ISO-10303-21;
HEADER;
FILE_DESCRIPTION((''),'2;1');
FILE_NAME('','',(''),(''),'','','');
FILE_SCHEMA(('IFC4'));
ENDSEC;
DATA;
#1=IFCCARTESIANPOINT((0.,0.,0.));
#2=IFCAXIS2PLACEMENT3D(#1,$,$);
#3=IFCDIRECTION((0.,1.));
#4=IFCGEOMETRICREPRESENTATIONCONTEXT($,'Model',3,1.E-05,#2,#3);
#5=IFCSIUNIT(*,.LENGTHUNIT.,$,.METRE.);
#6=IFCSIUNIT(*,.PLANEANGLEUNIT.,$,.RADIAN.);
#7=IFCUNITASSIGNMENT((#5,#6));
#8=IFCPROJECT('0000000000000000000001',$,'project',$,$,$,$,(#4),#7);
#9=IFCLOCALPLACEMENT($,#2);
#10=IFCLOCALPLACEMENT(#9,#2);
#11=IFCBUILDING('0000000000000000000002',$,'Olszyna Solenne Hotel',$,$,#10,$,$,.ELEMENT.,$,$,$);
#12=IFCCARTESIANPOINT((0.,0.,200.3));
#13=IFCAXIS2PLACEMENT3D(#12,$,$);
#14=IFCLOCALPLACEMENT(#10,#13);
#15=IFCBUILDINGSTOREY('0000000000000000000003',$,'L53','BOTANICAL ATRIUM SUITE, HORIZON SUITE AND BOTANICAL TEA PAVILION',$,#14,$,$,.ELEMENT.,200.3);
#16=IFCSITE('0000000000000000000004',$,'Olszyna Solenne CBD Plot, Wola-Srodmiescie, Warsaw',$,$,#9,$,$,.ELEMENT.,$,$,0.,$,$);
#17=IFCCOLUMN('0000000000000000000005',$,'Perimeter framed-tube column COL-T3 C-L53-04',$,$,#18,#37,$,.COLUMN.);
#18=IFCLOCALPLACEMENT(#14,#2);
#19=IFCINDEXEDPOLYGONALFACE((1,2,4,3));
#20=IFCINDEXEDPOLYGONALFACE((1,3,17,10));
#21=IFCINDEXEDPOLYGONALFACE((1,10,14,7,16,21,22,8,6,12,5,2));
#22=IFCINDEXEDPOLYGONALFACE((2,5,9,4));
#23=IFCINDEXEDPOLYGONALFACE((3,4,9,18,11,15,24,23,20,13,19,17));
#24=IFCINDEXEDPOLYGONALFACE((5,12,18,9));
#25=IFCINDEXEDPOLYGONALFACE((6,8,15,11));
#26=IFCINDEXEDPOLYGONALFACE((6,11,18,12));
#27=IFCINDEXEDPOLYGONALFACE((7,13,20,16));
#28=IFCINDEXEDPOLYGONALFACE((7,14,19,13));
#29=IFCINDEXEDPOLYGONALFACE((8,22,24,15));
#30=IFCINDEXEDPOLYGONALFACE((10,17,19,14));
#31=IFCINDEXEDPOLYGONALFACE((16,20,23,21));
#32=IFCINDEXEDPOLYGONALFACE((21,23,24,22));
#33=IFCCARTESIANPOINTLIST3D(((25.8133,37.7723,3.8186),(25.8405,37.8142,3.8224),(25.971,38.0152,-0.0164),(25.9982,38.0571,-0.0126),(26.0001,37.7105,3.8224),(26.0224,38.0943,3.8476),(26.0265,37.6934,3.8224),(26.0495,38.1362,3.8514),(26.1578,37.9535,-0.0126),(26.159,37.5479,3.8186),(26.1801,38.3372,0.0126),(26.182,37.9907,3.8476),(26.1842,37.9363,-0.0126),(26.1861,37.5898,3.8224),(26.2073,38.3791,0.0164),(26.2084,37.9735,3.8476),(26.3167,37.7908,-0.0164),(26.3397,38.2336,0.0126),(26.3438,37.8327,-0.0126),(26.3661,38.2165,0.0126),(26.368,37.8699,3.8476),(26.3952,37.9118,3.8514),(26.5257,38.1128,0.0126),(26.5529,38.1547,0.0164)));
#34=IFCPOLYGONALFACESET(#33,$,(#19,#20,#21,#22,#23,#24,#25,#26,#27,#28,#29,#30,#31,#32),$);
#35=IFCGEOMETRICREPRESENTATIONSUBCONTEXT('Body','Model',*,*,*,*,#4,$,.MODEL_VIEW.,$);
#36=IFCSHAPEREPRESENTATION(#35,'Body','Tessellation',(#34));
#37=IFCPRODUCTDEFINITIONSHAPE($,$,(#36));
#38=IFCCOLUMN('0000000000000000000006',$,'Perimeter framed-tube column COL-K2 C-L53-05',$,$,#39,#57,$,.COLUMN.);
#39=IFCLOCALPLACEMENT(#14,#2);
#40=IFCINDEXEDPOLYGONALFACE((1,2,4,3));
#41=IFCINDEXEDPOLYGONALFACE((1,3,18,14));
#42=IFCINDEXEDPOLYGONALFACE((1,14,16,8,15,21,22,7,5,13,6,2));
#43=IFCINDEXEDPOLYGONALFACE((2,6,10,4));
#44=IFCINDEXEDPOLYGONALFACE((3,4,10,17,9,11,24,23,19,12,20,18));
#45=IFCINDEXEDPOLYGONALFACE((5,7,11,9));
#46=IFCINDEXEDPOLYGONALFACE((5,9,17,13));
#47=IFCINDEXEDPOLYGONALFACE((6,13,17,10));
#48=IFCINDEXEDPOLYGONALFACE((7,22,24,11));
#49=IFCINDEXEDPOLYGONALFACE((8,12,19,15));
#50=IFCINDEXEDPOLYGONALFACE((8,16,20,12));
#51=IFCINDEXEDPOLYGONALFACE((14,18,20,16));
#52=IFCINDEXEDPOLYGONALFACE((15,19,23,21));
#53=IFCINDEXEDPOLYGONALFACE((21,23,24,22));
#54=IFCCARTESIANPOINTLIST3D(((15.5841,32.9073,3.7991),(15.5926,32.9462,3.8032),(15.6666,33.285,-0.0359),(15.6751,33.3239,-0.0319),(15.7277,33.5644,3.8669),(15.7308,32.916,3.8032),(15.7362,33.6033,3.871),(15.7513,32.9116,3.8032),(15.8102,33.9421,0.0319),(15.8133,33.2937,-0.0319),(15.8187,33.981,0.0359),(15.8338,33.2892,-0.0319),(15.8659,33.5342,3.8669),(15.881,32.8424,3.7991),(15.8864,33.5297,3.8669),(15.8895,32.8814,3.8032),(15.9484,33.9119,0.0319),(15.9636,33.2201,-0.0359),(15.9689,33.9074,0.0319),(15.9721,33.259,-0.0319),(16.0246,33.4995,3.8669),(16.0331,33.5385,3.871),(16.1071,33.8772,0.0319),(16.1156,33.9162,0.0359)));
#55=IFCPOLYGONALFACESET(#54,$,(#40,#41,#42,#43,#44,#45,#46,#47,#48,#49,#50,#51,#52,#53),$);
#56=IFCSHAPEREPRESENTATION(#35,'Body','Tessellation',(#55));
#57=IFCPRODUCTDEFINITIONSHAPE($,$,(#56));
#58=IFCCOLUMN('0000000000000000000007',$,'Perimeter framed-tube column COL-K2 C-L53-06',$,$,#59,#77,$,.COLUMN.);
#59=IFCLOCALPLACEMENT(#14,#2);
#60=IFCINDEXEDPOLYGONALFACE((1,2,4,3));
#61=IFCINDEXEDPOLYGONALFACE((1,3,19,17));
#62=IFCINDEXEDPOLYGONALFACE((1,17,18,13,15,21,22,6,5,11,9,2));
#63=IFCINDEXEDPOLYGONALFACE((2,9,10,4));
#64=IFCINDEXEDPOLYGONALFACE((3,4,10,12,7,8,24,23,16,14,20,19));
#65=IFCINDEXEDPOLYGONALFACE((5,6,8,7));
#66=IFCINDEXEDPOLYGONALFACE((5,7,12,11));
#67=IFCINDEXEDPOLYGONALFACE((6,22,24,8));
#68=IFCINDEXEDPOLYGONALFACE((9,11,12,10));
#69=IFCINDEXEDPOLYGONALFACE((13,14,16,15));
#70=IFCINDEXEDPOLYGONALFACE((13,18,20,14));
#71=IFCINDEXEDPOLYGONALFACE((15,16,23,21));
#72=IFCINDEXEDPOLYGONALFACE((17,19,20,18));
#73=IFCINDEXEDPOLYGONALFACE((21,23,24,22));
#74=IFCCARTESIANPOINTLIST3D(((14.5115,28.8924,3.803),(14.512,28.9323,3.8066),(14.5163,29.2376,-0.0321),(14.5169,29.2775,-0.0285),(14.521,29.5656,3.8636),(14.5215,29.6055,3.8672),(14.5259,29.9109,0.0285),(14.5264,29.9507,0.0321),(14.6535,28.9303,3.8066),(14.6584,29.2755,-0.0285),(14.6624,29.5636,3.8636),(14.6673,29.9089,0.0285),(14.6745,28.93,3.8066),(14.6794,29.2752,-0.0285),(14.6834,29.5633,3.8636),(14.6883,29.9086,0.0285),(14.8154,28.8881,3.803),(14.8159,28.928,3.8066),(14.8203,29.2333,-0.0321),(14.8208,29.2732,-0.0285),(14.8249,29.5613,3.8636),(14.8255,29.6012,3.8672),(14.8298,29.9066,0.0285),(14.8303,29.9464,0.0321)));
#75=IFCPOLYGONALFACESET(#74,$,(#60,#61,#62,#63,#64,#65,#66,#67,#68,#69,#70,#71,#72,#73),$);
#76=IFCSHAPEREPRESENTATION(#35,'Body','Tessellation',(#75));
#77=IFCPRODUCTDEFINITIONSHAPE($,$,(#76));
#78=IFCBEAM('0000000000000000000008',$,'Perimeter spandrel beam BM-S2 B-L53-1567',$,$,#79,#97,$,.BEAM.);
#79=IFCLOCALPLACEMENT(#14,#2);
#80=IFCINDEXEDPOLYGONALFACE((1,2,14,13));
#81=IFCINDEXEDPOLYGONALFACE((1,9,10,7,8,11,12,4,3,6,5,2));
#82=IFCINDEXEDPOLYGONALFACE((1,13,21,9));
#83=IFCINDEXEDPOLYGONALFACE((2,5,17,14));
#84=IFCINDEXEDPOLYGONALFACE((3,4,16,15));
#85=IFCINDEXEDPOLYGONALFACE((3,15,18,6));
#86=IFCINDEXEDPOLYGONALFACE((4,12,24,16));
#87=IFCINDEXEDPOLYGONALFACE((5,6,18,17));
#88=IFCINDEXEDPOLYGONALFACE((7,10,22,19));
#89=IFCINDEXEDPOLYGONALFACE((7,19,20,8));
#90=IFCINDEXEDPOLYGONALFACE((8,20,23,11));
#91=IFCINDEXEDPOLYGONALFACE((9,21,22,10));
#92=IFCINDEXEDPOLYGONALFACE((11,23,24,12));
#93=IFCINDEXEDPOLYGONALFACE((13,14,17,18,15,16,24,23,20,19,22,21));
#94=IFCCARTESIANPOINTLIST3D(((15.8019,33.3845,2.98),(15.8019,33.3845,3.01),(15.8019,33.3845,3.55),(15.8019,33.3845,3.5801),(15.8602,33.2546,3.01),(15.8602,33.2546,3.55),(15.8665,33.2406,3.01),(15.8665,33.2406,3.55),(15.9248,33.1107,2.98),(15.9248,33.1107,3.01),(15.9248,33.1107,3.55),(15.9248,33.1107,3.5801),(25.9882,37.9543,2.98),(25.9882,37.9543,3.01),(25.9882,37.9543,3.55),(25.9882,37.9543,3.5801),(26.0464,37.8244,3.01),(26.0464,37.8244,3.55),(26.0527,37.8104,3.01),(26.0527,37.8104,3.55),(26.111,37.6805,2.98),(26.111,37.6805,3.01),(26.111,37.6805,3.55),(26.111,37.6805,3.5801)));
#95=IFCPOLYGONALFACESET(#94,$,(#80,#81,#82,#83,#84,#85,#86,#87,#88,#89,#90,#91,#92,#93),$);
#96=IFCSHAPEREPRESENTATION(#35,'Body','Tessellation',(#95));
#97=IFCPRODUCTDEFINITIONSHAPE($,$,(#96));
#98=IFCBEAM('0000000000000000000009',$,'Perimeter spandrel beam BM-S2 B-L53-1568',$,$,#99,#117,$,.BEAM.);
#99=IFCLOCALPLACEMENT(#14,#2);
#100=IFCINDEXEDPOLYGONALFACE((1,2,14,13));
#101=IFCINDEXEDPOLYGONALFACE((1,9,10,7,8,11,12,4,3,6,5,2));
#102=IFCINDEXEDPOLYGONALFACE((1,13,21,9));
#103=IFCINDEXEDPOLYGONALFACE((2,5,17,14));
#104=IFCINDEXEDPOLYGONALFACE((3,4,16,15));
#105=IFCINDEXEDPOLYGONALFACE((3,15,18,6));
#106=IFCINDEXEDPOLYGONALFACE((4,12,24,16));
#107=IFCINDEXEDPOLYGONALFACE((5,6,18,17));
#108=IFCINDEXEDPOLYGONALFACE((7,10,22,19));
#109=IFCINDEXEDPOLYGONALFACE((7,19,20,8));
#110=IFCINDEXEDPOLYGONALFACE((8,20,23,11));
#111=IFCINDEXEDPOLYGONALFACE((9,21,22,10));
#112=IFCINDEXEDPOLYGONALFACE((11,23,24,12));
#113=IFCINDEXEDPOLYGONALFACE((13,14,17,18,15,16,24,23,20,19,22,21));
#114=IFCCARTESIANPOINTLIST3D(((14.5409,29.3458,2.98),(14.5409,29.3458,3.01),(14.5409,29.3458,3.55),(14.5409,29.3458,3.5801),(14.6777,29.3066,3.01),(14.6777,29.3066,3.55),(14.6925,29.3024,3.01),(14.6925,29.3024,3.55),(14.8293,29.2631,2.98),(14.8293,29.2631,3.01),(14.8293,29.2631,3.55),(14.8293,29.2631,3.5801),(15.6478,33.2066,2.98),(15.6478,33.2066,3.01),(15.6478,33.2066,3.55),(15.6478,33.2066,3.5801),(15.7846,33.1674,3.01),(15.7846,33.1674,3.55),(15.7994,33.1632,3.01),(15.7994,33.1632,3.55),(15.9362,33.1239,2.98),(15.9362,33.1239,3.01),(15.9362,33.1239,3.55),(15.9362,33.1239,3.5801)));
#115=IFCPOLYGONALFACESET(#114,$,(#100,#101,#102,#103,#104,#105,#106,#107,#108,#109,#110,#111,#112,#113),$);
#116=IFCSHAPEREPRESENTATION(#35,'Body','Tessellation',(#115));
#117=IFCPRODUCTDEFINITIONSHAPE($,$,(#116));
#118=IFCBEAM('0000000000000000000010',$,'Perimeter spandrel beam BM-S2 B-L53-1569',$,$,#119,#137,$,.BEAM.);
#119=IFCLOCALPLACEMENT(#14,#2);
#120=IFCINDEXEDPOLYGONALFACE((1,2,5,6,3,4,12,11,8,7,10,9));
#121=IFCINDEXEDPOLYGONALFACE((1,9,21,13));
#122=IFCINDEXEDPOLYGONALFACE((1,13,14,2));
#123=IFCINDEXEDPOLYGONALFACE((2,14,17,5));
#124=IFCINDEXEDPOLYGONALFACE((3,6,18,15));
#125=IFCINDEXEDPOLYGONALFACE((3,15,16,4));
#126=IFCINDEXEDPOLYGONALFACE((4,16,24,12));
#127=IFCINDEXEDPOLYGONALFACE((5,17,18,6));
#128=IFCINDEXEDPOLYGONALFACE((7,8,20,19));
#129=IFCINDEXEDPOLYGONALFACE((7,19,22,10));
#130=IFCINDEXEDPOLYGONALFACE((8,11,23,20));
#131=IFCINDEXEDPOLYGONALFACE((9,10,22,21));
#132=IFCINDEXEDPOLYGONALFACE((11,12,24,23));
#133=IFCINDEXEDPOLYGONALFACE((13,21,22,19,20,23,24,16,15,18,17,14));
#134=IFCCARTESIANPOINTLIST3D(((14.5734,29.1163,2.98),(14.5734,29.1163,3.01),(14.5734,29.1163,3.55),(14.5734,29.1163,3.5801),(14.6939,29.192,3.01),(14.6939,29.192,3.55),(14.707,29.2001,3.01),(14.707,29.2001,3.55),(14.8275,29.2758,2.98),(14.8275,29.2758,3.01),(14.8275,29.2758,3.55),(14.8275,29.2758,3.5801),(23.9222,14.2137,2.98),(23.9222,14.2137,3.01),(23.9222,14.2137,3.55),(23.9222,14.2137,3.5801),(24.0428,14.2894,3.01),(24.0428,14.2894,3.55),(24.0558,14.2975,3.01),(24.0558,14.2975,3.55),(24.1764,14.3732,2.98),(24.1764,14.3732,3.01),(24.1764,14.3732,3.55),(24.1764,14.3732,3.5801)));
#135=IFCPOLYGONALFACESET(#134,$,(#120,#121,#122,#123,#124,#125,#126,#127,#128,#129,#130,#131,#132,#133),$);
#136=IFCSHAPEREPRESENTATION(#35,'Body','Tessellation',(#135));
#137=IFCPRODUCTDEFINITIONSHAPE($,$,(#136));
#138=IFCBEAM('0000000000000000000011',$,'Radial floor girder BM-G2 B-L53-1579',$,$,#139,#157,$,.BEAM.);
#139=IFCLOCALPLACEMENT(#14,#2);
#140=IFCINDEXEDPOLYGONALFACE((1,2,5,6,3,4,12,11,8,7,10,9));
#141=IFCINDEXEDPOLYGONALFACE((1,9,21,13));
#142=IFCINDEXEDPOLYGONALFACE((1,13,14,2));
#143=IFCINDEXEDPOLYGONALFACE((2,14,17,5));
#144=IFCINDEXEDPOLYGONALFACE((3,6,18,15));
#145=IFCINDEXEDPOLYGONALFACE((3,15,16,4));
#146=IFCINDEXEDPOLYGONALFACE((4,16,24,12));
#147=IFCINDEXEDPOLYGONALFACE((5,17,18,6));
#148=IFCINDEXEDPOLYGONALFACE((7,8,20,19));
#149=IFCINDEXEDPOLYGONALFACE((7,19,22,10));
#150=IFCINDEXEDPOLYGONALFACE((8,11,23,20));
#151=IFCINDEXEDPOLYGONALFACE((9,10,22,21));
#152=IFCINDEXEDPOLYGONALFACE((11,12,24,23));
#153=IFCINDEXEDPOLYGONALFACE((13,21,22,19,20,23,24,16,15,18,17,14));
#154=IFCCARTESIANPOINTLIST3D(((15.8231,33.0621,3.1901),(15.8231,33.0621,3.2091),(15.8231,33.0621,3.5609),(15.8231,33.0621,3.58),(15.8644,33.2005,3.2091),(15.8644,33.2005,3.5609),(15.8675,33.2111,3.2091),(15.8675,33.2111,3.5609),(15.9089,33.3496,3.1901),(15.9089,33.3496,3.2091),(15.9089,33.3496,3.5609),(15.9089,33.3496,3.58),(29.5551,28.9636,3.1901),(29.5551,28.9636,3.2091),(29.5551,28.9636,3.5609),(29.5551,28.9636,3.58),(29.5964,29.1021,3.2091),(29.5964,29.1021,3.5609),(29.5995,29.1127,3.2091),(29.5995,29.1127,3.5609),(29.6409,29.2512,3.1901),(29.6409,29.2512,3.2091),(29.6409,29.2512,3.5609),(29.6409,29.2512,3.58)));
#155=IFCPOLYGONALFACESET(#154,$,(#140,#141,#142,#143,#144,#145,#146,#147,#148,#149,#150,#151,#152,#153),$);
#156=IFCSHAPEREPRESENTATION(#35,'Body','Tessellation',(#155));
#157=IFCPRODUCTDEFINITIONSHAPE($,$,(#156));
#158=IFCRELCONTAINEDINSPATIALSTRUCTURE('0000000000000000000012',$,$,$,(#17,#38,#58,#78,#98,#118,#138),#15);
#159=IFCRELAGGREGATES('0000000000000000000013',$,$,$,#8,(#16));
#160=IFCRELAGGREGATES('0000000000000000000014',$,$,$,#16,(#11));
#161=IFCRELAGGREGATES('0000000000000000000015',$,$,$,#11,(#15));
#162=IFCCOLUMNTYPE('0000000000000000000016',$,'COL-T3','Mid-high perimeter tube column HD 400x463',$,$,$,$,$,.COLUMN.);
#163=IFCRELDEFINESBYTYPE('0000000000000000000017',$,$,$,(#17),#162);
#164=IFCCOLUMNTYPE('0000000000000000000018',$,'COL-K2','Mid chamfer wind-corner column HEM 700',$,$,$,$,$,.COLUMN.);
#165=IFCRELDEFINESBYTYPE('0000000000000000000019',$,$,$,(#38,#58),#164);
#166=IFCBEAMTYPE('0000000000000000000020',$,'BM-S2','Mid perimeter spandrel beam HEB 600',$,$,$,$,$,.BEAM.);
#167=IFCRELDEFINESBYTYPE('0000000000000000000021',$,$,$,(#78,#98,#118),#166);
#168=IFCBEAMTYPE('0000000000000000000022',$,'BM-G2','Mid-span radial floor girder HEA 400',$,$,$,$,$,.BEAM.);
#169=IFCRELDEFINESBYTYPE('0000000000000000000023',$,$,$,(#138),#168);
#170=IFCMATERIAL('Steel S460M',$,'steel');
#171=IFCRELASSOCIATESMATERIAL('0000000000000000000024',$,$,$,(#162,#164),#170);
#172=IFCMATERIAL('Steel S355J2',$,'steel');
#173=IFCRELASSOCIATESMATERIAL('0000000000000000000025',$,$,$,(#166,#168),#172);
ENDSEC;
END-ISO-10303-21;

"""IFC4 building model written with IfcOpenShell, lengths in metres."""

from ifc_helpers import new_model, si_unit, direction, frame, origin, origin_2d, place, context, subcontext, project, spatial, i_section, extrude, source, transform, mapped, material, material_profile, profile_set, type_object, element, save


model = new_model("IFC4")

# Units and contexts
model_context = context("Model", 3, precision=1e-05, world=origin(), true_north=direction((0.0, 1.0)))
body_context = subcontext(model_context, "Body", "Model", "MODEL_VIEW")
ifc_project = project(units=[si_unit("LENGTHUNIT", "METRE"), si_unit("PLANEANGLEUNIT", "RADIAN")], contexts=[model_context])

# Site, building, storey
site_placement = place(None, origin())
site = spatial("IfcSite", under=ifc_project, at=site_placement, Name="Olszyna Solenne CBD Plot, Wola-Srodmiescie, Warsaw", CompositionType="ELEMENT", RefElevation=0.0)
building_placement = place(site_placement, origin())
building = spatial("IfcBuilding", under=site, at=building_placement, Name="Olszyna Solenne Hotel", CompositionType="ELEMENT")
storey_placement = place(building_placement, frame((0.0, 0.0, 200.3)))
storey = spatial("IfcBuildingStorey", under=building, at=storey_placement, Name="L53", Description="BOTANICAL ATRIUM SUITE, HORIZON SUITE AND BOTANICAL TEA PAVILION", CompositionType="ELEMENT", Elevation=200.3)

# Columns
ifc_material_1 = material(Name="Steel S460M", Category="steel")
ifc_material_profile_1 = material_profile(ifc_material_1, i_section(OverallWidth=0.4121, OverallDepth=0.4351, WebThickness=0.0315, FlangeThickness=0.05, at=origin_2d()), Name="HD 400x463", Category="load-bearing")
ifc_profile_set_1 = profile_set([ifc_material_profile_1], Name="Steel S460M")
column_type_1 = type_object("IfcColumnType", Name="COL-T3", Description="Mid-high perimeter tube column HD 400x463", PredefinedType="COLUMN", material=ifc_profile_set_1)
shared_shape_1 = source(origin(), body_context, "Body", "SweptSolid", [
    extrude(i_section(OverallWidth=0.4121, OverallDepth=0.4351, WebThickness=0.0315, FlangeThickness=0.05, at=origin_2d()), origin(), (0.0, 0.0, 1.0), 3.8459),
])
column_1_placement = place(storey_placement, frame((26.262, 38.085, 0.0), z_axis=(-0.041009, -0.063164, 0.99716), x_axis=(0.838732, -0.544544, 0.0)))
element("IfcColumn", 1, at=column_1_placement, inside=storey, type_object=column_type_1, Name="Perimeter framed-tube column COL-T3 C-L53-04", PredefinedType="COLUMN", context=body_context, shape_type="MappedRepresentation", body=[
    mapped(shared_shape_1, transform((0.0, 0.0, 0.0), x_axis=(1.0, 0.0, 0.0), y_axis=(0.0, 1.0, 0.0), z_axis=(0.0, 0.0, 1.0), scale=1.0)),
])
ifc_material_profile_2 = material_profile(ifc_material_1, i_section(OverallWidth=0.304, OverallDepth=0.7161, WebThickness=0.021, FlangeThickness=0.04, at=origin_2d()), Name="HEM 700", Category="load-bearing")
ifc_profile_set_2 = profile_set([ifc_material_profile_2], Name="Steel S460M")
column_type_2 = type_object("IfcColumnType", Name="COL-K2", Description="Mid chamfer wind-corner column HEM 700", PredefinedType="COLUMN", material=ifc_profile_set_2)
shared_shape_2 = source(origin(), body_context, "Body", "SweptSolid", [
    extrude(i_section(OverallWidth=0.304, OverallDepth=0.7161, WebThickness=0.021, FlangeThickness=0.04, at=origin_2d()), origin(), (0.0, 0.0, 1.0), 3.8545),
])
column_2_placement = place(storey_placement, frame((15.8911, 33.6006, 0.0), z_axis=(-0.021409, -0.097988, 0.994957), x_axis=(0.976954, -0.213452, 0.0)))
element("IfcColumn", 2, at=column_2_placement, inside=storey, type_object=column_type_2, Name="Perimeter framed-tube column COL-K2 C-L53-05", PredefinedType="COLUMN", context=body_context, shape_type="MappedRepresentation", body=[
    mapped(shared_shape_2, transform((0.0, 0.0, 0.0), x_axis=(1.0, 0.0, 0.0), y_axis=(0.0, 1.0, 0.0), z_axis=(0.0, 0.0, 1.0), scale=1.0)),
])
shared_shape_3 = source(origin(), body_context, "Body", "SweptSolid", [
    extrude(i_section(OverallWidth=0.304, OverallDepth=0.7161, WebThickness=0.021, FlangeThickness=0.04, at=origin_2d()), origin(), (0.0, 0.0, 1.0), 3.8506),
])
column_3_placement = place(storey_placement, frame((14.6733, 29.592, 0.0), z_axis=(-0.001268, -0.089655, 0.995972), x_axis=(0.9999, -0.014143, 0.0)))
element("IfcColumn", 3, at=column_3_placement, inside=storey, type_object=column_type_2, Name="Perimeter framed-tube column COL-K2 C-L53-06", PredefinedType="COLUMN", context=body_context, shape_type="MappedRepresentation", body=[
    mapped(shared_shape_3, transform((0.0, 0.0, 0.0), x_axis=(1.0, 0.0, 0.0), y_axis=(0.0, 1.0, 0.0), z_axis=(0.0, 0.0, 1.0), scale=1.0)),
])

# Beams
ifc_material_2 = material(Name="Steel S355J2", Category="steel")
ifc_material_profile_3 = material_profile(ifc_material_2, i_section(OverallWidth=0.3, OverallDepth=0.6001, WebThickness=0.0154, FlangeThickness=0.03, at=origin_2d()), Name="HEB 600", Category="load-bearing")
ifc_profile_set_3 = profile_set([ifc_material_profile_3], Name="Steel S355J2")
beam_type_1 = type_object("IfcBeamType", Name="BM-S2", Description="Mid perimeter spandrel beam HEB 600", PredefinedType="BEAM", material=ifc_profile_set_3)
shared_shape_4 = source(origin(), body_context, "Body", "SweptSolid", [
    extrude(i_section(OverallWidth=0.3, OverallDepth=0.6001, WebThickness=0.0154, FlangeThickness=0.03, at=origin_2d()), origin(), (0.0, 0.0, 1.0), 11.1643),
])
beam_1_placement = place(storey_placement, frame((26.0496, 37.8174, 3.28), z_axis=(-0.91239, -0.409321, 0.0), x_axis=(0.409321, -0.91239, 0.0)))
element("IfcBeam", 4, at=beam_1_placement, inside=storey, type_object=beam_type_1, Name="Perimeter spandrel beam BM-S2 B-L53-1567", PredefinedType="BEAM", context=body_context, shape_type="MappedRepresentation", body=[
    mapped(shared_shape_4, transform((0.0, 0.0, 0.0), x_axis=(1.0, 0.0, 0.0), y_axis=(0.0, 1.0, 0.0), z_axis=(0.0, 0.0, 1.0), scale=1.0)),
])
shared_shape_5 = source(origin(), body_context, "Body", "SweptSolid", [
    extrude(i_section(OverallWidth=0.3, OverallDepth=0.6001, WebThickness=0.0154, FlangeThickness=0.03, at=origin_2d()), origin(), (0.0, 0.0, 1.0), 4.0164),
])
beam_2_placement = place(storey_placement, frame((15.792, 33.1653, 3.28), z_axis=(-0.275604, -0.961271, 0.0), x_axis=(0.961271, -0.275604, 0.0)))
element("IfcBeam", 5, at=beam_2_placement, inside=storey, type_object=beam_type_1, Name="Perimeter spandrel beam BM-S2 B-L53-1568", PredefinedType="BEAM", context=body_context, shape_type="MappedRepresentation", body=[
    mapped(shared_shape_5, transform((0.0, 0.0, 0.0), x_axis=(1.0, 0.0, 0.0), y_axis=(0.0, 1.0, 0.0), z_axis=(0.0, 0.0, 1.0), scale=1.0)),
])
shared_shape_6 = source(origin(), body_context, "Body", "SweptSolid", [
    extrude(i_section(OverallWidth=0.3, OverallDepth=0.6001, WebThickness=0.0154, FlangeThickness=0.03, at=origin_2d()), origin(), (0.0, 0.0, 1.0), 17.5923),
])
beam_3_placement = place(storey_placement, frame((14.7004, 29.196, 3.28), z_axis=(0.531419, -0.847109, 0.0), x_axis=(0.847109, 0.531419, 0.0)))
element("IfcBeam", 6, at=beam_3_placement, inside=storey, type_object=beam_type_1, Name="Perimeter spandrel beam BM-S2 B-L53-1569", PredefinedType="BEAM", context=body_context, shape_type="MappedRepresentation", body=[
    mapped(shared_shape_6, transform((0.0, 0.0, 0.0), x_axis=(1.0, 0.0, 0.0), y_axis=(0.0, 1.0, 0.0), z_axis=(0.0, 0.0, 1.0), scale=1.0)),
])
ifc_material_profile_4 = material_profile(ifc_material_2, i_section(OverallWidth=0.3, OverallDepth=0.3899, WebThickness=0.011, FlangeThickness=0.019, at=origin_2d()), Name="HEA 400", Category="load-bearing")
ifc_profile_set_4 = profile_set([ifc_material_profile_4], Name="Steel S355J2")
beam_type_2 = type_object("IfcBeamType", Name="BM-G2", Description="Mid-span radial floor girder HEA 400", PredefinedType="BEAM", material=ifc_profile_set_4)
shared_shape_7 = source(origin(), body_context, "Body", "SweptSolid", [
    extrude(i_section(OverallWidth=0.3, OverallDepth=0.3899, WebThickness=0.011, FlangeThickness=0.019, at=origin_2d()), origin(), (0.0, 0.0, 1.0), 14.3306),
])
beam_4_placement = place(storey_placement, frame((15.866, 33.2058, 3.385), z_axis=(0.958232, -0.285991, 0.0), x_axis=(0.285991, 0.958232, 0.0)))
element("IfcBeam", 7, at=beam_4_placement, inside=storey, type_object=beam_type_2, Name="Radial floor girder BM-G2 B-L53-1579", PredefinedType="BEAM", context=body_context, shape_type="MappedRepresentation", body=[
    mapped(shared_shape_7, transform((0.0, 0.0, 0.0), x_axis=(1.0, 0.0, 0.0), y_axis=(0.0, 1.0, 0.0), z_axis=(0.0, 0.0, 1.0), scale=1.0)),
])

save(model, "model.ifc")
